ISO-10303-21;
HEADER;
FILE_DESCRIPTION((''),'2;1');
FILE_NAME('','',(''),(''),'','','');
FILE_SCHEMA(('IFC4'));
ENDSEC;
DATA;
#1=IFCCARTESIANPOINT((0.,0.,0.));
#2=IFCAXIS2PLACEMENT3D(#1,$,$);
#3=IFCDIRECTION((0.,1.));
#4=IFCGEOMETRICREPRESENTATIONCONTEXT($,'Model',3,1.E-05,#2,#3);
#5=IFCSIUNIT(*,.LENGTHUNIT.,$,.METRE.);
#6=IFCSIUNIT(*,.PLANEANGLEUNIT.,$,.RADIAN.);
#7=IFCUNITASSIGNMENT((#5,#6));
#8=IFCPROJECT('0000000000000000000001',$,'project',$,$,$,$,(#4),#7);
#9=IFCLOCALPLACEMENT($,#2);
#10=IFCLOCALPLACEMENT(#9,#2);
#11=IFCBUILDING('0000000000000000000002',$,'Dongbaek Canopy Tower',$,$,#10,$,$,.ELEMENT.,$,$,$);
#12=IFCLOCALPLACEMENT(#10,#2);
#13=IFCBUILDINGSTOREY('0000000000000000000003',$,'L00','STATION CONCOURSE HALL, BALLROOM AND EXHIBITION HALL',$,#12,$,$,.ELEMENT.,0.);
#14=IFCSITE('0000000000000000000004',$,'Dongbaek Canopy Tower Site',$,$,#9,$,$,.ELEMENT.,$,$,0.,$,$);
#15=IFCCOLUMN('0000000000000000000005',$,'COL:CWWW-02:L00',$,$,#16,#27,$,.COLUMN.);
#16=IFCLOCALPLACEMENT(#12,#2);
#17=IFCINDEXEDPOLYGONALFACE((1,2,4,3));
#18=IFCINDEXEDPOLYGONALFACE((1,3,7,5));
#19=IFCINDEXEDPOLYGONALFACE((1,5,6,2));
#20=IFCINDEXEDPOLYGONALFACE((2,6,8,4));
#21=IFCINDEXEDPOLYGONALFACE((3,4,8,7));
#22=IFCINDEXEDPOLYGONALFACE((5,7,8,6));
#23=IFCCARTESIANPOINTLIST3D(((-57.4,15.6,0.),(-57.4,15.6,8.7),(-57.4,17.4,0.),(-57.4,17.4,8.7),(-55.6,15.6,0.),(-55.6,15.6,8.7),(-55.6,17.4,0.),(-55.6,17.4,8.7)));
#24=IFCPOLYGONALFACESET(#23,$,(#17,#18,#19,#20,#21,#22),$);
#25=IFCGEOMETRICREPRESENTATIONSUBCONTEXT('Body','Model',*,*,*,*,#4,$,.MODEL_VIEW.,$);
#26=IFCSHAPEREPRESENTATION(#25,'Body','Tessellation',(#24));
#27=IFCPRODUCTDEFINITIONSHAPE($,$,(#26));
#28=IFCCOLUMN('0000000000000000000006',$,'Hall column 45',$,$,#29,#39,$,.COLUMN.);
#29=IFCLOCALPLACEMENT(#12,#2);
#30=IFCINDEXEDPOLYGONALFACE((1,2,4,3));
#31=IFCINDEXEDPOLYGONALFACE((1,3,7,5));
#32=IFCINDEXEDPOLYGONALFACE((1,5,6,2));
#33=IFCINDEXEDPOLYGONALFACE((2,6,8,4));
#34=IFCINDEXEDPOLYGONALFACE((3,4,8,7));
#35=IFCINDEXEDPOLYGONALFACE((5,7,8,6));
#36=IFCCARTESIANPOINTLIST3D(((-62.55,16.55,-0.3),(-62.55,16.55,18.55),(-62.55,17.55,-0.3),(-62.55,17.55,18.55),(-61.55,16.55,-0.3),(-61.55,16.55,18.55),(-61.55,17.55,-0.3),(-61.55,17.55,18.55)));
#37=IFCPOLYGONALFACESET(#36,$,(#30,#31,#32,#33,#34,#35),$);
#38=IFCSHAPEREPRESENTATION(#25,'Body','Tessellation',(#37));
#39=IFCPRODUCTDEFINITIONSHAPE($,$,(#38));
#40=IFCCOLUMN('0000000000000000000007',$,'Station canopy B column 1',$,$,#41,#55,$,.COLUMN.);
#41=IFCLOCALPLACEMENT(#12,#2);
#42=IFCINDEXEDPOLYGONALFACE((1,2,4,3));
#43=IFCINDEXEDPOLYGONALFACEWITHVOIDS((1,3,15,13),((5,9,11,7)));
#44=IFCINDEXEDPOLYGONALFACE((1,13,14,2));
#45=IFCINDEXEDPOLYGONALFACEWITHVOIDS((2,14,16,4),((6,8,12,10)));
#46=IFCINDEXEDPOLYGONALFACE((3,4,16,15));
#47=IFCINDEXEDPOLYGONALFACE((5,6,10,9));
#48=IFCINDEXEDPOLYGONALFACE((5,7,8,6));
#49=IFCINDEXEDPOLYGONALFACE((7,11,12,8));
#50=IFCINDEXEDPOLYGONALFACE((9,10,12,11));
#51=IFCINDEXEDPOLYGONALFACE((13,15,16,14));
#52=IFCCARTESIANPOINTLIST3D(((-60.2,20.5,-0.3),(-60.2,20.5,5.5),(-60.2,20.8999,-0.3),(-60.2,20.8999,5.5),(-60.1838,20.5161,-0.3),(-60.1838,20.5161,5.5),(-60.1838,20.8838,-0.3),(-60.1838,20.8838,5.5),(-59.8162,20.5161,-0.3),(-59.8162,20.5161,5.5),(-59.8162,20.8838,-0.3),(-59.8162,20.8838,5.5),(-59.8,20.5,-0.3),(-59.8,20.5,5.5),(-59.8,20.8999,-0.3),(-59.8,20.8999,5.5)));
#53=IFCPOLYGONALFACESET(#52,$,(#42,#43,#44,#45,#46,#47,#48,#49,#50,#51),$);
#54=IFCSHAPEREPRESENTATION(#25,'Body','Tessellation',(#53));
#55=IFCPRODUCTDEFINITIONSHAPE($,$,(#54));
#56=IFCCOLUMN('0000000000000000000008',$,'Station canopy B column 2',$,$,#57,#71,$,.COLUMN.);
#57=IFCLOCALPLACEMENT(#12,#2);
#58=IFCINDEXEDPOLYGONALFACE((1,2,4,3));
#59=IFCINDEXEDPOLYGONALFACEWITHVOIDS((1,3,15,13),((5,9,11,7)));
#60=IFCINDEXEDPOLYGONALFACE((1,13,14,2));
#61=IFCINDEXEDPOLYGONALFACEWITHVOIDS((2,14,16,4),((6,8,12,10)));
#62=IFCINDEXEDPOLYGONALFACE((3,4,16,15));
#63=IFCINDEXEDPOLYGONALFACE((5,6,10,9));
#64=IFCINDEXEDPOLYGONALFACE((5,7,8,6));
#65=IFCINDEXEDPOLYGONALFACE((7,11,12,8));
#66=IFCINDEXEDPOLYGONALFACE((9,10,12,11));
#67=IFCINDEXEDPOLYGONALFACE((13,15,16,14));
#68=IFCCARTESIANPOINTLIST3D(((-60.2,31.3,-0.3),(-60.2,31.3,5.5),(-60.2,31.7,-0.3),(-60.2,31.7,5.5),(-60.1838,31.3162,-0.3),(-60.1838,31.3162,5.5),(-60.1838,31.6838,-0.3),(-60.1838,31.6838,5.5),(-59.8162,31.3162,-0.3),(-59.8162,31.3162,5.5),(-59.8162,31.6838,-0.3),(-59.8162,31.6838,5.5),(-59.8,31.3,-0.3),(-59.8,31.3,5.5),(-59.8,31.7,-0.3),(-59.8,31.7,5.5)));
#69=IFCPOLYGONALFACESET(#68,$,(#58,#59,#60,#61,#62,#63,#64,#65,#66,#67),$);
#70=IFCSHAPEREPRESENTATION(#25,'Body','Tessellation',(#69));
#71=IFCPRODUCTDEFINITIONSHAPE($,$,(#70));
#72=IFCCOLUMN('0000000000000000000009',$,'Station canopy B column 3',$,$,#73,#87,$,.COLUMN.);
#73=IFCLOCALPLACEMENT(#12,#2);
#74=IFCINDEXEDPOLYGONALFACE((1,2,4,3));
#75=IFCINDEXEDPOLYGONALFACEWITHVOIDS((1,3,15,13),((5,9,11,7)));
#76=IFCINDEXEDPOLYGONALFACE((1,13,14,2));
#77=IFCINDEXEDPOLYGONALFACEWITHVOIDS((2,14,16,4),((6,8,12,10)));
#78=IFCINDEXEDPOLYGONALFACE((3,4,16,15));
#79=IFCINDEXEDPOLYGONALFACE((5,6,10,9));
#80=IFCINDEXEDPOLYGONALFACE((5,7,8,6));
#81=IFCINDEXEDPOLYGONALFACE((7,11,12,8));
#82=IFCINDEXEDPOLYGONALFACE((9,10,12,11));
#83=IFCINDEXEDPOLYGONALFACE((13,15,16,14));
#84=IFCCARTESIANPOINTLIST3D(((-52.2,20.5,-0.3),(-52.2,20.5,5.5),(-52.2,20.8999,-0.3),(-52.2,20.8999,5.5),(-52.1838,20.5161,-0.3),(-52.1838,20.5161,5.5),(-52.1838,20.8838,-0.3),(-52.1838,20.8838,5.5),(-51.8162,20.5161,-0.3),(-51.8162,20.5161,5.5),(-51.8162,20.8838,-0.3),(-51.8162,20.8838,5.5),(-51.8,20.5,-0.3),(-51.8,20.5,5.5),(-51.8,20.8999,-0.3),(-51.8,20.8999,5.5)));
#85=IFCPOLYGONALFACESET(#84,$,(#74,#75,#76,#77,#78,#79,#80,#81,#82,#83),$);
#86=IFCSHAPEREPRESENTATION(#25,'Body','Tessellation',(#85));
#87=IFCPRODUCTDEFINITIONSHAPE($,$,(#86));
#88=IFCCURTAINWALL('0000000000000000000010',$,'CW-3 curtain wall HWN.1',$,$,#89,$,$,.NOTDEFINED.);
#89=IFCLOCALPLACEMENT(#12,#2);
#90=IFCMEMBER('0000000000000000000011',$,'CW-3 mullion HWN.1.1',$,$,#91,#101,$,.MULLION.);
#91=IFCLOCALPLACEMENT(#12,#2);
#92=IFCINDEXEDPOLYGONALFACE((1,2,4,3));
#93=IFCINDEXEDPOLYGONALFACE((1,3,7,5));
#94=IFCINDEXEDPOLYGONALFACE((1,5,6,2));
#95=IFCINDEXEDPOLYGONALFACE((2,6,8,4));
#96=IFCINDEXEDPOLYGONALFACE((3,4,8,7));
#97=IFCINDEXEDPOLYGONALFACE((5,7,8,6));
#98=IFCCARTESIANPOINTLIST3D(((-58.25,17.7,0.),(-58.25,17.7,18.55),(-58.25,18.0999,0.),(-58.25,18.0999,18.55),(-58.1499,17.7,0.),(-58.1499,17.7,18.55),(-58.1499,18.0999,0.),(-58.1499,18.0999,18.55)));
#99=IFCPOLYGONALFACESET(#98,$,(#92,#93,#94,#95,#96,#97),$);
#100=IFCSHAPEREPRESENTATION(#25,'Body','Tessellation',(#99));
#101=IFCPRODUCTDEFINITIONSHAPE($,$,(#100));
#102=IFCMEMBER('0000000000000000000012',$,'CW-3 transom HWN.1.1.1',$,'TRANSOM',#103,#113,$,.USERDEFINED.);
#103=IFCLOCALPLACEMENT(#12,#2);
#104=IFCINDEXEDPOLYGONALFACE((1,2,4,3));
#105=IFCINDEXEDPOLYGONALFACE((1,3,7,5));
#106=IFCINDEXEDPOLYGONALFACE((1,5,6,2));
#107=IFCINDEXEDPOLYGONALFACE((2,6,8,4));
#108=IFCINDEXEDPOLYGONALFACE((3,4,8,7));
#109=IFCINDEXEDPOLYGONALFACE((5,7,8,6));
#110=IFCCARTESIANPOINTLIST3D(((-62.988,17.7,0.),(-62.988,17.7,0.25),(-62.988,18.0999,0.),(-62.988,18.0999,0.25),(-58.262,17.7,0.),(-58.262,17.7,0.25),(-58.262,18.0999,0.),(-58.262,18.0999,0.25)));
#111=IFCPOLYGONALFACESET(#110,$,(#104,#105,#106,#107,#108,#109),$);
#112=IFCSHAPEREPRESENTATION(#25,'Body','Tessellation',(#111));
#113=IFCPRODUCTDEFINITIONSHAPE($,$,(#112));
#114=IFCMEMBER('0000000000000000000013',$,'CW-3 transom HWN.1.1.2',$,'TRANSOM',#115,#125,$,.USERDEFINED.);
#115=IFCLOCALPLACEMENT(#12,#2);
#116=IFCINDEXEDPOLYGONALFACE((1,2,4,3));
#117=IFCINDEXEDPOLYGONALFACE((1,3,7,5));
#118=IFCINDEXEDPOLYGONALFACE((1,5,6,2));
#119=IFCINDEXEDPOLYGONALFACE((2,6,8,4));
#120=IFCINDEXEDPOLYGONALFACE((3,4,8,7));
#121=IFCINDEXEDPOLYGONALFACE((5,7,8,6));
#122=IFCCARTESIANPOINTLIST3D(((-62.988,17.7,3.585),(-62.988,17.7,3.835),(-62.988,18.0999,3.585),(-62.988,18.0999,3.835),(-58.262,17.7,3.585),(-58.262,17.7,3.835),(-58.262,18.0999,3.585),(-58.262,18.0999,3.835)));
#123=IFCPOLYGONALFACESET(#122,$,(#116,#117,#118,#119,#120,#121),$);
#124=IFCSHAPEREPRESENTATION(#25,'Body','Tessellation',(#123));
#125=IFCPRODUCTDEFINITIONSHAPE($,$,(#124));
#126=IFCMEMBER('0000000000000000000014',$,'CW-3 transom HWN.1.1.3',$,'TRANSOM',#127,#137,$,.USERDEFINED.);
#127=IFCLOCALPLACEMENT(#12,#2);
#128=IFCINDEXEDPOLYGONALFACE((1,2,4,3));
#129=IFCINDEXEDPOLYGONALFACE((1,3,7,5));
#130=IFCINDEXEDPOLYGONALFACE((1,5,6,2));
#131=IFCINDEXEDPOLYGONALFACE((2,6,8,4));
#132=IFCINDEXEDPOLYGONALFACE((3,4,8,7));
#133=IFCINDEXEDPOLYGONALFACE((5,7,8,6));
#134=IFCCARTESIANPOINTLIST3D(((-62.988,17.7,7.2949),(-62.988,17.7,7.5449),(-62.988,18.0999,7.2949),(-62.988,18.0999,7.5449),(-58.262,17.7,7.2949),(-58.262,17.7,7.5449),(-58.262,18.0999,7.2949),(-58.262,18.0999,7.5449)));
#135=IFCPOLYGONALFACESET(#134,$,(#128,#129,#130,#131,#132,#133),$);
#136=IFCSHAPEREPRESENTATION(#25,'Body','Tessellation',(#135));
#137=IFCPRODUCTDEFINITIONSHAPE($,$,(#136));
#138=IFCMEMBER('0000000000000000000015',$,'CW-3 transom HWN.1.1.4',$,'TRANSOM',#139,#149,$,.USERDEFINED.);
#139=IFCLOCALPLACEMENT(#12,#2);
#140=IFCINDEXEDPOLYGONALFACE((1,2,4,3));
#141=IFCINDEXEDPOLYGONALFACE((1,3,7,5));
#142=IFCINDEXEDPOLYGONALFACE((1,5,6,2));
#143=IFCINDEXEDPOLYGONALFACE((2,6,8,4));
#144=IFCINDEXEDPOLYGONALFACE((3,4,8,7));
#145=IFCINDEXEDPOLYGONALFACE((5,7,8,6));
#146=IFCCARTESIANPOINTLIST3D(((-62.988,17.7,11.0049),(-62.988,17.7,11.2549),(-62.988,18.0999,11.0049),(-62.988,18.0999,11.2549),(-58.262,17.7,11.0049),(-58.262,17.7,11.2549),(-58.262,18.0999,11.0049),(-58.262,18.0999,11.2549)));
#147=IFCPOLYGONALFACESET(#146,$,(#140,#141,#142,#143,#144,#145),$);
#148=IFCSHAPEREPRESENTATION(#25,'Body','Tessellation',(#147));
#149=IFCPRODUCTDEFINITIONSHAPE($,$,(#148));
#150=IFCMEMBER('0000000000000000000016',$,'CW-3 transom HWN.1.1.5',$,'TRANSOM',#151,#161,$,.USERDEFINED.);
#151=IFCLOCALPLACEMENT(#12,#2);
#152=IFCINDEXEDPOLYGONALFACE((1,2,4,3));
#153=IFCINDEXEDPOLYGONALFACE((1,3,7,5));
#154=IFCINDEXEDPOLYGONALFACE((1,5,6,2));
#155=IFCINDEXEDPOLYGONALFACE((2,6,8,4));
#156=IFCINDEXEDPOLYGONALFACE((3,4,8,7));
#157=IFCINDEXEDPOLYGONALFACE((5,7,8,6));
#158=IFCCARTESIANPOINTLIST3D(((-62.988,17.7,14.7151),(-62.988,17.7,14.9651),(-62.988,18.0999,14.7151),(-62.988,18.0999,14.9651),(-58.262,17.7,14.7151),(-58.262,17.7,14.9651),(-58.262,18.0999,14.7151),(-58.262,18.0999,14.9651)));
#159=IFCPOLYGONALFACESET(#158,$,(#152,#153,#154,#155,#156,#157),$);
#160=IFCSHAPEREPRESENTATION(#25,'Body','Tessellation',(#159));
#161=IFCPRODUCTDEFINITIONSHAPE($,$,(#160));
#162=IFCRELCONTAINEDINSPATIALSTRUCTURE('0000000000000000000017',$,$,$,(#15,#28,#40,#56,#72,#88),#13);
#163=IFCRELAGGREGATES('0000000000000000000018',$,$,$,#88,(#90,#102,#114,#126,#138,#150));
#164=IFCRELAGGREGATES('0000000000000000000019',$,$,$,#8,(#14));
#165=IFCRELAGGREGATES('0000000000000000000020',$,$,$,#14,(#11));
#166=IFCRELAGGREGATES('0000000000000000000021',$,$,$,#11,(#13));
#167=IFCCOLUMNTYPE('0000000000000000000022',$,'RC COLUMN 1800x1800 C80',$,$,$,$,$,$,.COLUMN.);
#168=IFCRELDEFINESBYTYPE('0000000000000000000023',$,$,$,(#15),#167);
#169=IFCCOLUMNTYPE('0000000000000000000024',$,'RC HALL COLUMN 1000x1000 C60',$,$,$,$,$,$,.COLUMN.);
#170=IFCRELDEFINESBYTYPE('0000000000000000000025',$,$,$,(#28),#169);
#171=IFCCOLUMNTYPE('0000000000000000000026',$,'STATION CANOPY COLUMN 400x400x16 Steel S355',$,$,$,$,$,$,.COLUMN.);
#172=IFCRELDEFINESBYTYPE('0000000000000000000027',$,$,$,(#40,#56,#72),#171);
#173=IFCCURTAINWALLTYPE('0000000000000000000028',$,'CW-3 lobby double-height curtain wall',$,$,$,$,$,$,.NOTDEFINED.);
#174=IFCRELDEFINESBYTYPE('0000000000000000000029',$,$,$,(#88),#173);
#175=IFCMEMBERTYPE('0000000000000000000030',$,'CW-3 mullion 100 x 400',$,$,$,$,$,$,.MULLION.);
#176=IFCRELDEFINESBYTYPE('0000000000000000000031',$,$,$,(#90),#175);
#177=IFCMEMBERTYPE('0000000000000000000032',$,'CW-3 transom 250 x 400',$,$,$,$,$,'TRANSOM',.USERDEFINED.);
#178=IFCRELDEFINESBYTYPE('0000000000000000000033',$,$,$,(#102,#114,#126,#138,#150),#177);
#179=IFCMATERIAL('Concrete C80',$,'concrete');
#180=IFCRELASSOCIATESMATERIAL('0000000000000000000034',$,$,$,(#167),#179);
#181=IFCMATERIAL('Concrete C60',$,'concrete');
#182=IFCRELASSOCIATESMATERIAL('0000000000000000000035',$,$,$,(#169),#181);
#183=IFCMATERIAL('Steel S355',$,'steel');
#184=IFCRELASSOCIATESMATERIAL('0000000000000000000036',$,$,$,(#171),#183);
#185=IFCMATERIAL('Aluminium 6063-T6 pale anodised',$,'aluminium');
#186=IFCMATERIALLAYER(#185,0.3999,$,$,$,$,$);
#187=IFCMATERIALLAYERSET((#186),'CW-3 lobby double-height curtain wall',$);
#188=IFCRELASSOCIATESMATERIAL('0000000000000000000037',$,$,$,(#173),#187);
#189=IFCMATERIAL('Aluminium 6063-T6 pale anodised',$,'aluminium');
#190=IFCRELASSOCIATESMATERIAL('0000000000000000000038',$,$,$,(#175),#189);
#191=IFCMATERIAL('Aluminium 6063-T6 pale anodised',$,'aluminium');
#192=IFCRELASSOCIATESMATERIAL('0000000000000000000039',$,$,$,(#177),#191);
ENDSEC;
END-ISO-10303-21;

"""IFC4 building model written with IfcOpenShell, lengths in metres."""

from ifc_helpers import new_model, si_unit, direction, frame, origin, origin_2d, place, context, subcontext, project, spatial, rectangle, hollow_rectangle, extrude, material, layer, layer_set, material_profile, profile_set, type_object, element, aggregate, save


model = new_model("IFC4")

# Units and contexts
model_context = context("Model", 3, precision=1e-05, world=origin(), true_north=direction((0.0, 1.0)))
body_context = subcontext(model_context, "Body", "Model", "MODEL_VIEW")
ifc_project = project(units=[si_unit("LENGTHUNIT", "METRE"), si_unit("PLANEANGLEUNIT", "RADIAN")], contexts=[model_context])

# Site, building, storey
site_placement = place(None, origin())
site = spatial("IfcSite", under=ifc_project, at=site_placement, Name="Dongbaek Canopy Tower Site", CompositionType="ELEMENT", RefElevation=0.0)
building_placement = place(site_placement, origin())
building = spatial("IfcBuilding", under=site, at=building_placement, Name="Dongbaek Canopy Tower", CompositionType="ELEMENT")
storey_placement = place(building_placement, origin())
storey = spatial("IfcBuildingStorey", under=building, at=storey_placement, Name="L00", Description="STATION CONCOURSE HALL, BALLROOM AND EXHIBITION HALL", CompositionType="ELEMENT", Elevation=0.0)

# Columns
ifc_material_1 = material(Name="Concrete C80", Category="concrete")
ifc_material_profile_1 = material_profile(ifc_material_1, rectangle(XDim=1.8, YDim=1.8, at=origin_2d()), Name="RC COLUMN 1800x1800 C80")
ifc_profile_set_1 = profile_set([ifc_material_profile_1], Name="Concrete C80")
column_type_1 = type_object("IfcColumnType", Name="RC COLUMN 1800x1800 C80", PredefinedType="COLUMN", material=ifc_profile_set_1)
column_1_placement = place(storey_placement, frame((-56.5, 16.5, 0.0), z_axis=(0.0, 0.0, 1.0), x_axis=(1.0, 0.0, 0.0)))
element("IfcColumn", 1, at=column_1_placement, inside=storey, type_object=column_type_1, Name="COL:CWWW-02:L00", PredefinedType="COLUMN", context=body_context, shape_type="SweptSolid", body=[
    extrude(rectangle(XDim=1.8, YDim=1.8, at=origin_2d()), origin(), (0.0, 0.0, 1.0), 8.7),
])
ifc_material_2 = material(Name="Concrete C60", Category="concrete")
ifc_material_profile_2 = material_profile(ifc_material_2, rectangle(XDim=1.0, YDim=1.0, at=origin_2d()), Name="RC HALL COLUMN 1000x1000 C60")
ifc_profile_set_2 = profile_set([ifc_material_profile_2], Name="Concrete C60")
column_type_2 = type_object("IfcColumnType", Name="RC HALL COLUMN 1000x1000 C60", PredefinedType="COLUMN", material=ifc_profile_set_2)
column_2_placement = place(storey_placement, frame((-62.05, 17.05, -0.3), z_axis=(0.0, 0.0, 1.0), x_axis=(1.0, 0.0, 0.0)))
element("IfcColumn", 2, at=column_2_placement, inside=storey, type_object=column_type_2, Name="Hall column 45", PredefinedType="COLUMN", context=body_context, shape_type="SweptSolid", body=[
    extrude(rectangle(XDim=1.0, YDim=1.0, at=origin_2d()), origin(), (0.0, 0.0, 1.0), 18.8501),
])
ifc_material_3 = material(Name="Steel S355", Category="steel")
ifc_material_profile_3 = material_profile(ifc_material_3, hollow_rectangle(XDim=0.3999, YDim=0.3999, WallThickness=0.0161, at=origin_2d()), Name="STATION CANOPY COLUMN 400x400x16 Steel S355")
ifc_profile_set_3 = profile_set([ifc_material_profile_3], Name="Steel S355")
column_type_3 = type_object("IfcColumnType", Name="STATION CANOPY COLUMN 400x400x16 Steel S355", PredefinedType="COLUMN", material=ifc_profile_set_3)
for number, where, z_axis, x_axis, name in (
    (3, (-60.0, 20.7, -0.3), (0.0, 0.0, 1.0), (1.0, 0.0, 0.0), "Station canopy B column 1"),
    (4, (-60.0, 31.5, -0.3), (0.0, 0.0, 1.0), (1.0, 0.0, 0.0), "Station canopy B column 2"),
    (5, (-52.0, 20.7, -0.3), (0.0, 0.0, 1.0), (1.0, 0.0, 0.0), "Station canopy B column 3"),
):
    element("IfcColumn", number, at=place(storey_placement, frame(where, z_axis=z_axis, x_axis=x_axis)), inside=storey, type_object=column_type_3, Name=name, PredefinedType="COLUMN", context=body_context, shape_type="SweptSolid", body=[
        extrude(hollow_rectangle(XDim=0.3999, YDim=0.3999, WallThickness=0.0161, at=origin_2d()), origin(), (0.0, 0.0, 1.0), 5.8),
    ])

# Curtain wall, members
ifc_material_4 = material(Name="Aluminium 6063-T6 pale anodised", Category="aluminium")
ifc_layer_1 = layer(ifc_material_4, 0.3999)
ifc_layer_set_1 = layer_set([ifc_layer_1], Name="CW-3 lobby double-height curtain wall")
curtain_wall_type = type_object("IfcCurtainWallType", Name="CW-3 lobby double-height curtain wall", PredefinedType="NOTDEFINED", material=ifc_layer_set_1)
curtain_wall_placement = place(storey_placement, origin())
curtain_wall = element("IfcCurtainWall", 6, at=curtain_wall_placement, inside=storey, type_object=curtain_wall_type, Name="CW-3 curtain wall HWN.1", PredefinedType="NOTDEFINED")
ifc_material_5 = material(Name="Aluminium 6063-T6 pale anodised", Category="aluminium")
ifc_material_profile_4 = material_profile(ifc_material_5, rectangle(XDim=0.3999, YDim=0.1001, at=origin_2d()), Name="CW-3 mullion 100 x 400")
ifc_profile_set_4 = profile_set([ifc_material_profile_4], Name="Aluminium 6063-T6 pale anodised")
member_type_1 = type_object("IfcMemberType", Name="CW-3 mullion 100 x 400", PredefinedType="MULLION", material=ifc_profile_set_4)
member_1_placement = place(storey_placement, frame((-58.2, 17.8999, 0.0), z_axis=(0.0, 0.0, 1.0), x_axis=(0.0, 1.0, 0.0)))
member_1 = element("IfcMember", 7, at=member_1_placement, type_object=member_type_1, Name="CW-3 mullion HWN.1.1", PredefinedType="MULLION", context=body_context, shape_type="SweptSolid", body=[
    extrude(rectangle(XDim=0.3999, YDim=0.1001, at=origin_2d()), origin(), (0.0, 0.0, 1.0), 18.55),
])
ifc_material_6 = material(Name="Aluminium 6063-T6 pale anodised", Category="aluminium")
ifc_material_profile_5 = material_profile(ifc_material_6, rectangle(XDim=0.3999, YDim=0.25, at=origin_2d()), Name="CW-3 transom 250 x 400")
ifc_profile_set_5 = profile_set([ifc_material_profile_5], Name="Aluminium 6063-T6 pale anodised")
member_type_2 = type_object("IfcMemberType", Name="CW-3 transom 250 x 400", ElementType="TRANSOM", PredefinedType="USERDEFINED", material=ifc_profile_set_5)
member_2_placement = place(storey_placement, frame((-58.262, 17.8999, 0.125), z_axis=(-1.0, 0.0, 0.0), x_axis=(0.0, -1.0, 0.0)))
member_2 = element("IfcMember", 8, at=member_2_placement, type_object=member_type_2, Name="CW-3 transom HWN.1.1.1", ObjectType="TRANSOM", PredefinedType="USERDEFINED", context=body_context, shape_type="SweptSolid", body=[
    extrude(rectangle(XDim=0.3999, YDim=0.25, at=origin_2d()), origin(), (0.0, 0.0, 1.0), 4.7261),
])
member_3_placement = place(storey_placement, frame((-58.262, 17.8999, 3.71), z_axis=(-1.0, 0.0, 0.0), x_axis=(0.0, -1.0, 0.0)))
member_3 = element("IfcMember", 9, at=member_3_placement, type_object=member_type_2, Name="CW-3 transom HWN.1.1.2", ObjectType="TRANSOM", PredefinedType="USERDEFINED", context=body_context, shape_type="SweptSolid", body=[
    extrude(rectangle(XDim=0.3999, YDim=0.25, at=origin_2d()), origin(), (0.0, 0.0, 1.0), 4.7261),
])
member_4_placement = place(storey_placement, frame((-58.262, 17.8999, 7.4199), z_axis=(-1.0, 0.0, 0.0), x_axis=(0.0, -1.0, 0.0)))
member_4 = element("IfcMember", 10, at=member_4_placement, type_object=member_type_2, Name="CW-3 transom HWN.1.1.3", ObjectType="TRANSOM", PredefinedType="USERDEFINED", context=body_context, shape_type="SweptSolid", body=[
    extrude(rectangle(XDim=0.3999, YDim=0.25, at=origin_2d()), origin(), (0.0, 0.0, 1.0), 4.7261),
])
member_5_placement = place(storey_placement, frame((-58.262, 17.8999, 11.1299), z_axis=(-1.0, 0.0, 0.0), x_axis=(0.0, -1.0, 0.0)))
member_5 = element("IfcMember", 11, at=member_5_placement, type_object=member_type_2, Name="CW-3 transom HWN.1.1.4", ObjectType="TRANSOM", PredefinedType="USERDEFINED", context=body_context, shape_type="SweptSolid", body=[
    extrude(rectangle(XDim=0.3999, YDim=0.25, at=origin_2d()), origin(), (0.0, 0.0, 1.0), 4.7261),
])
member_6_placement = place(storey_placement, frame((-58.262, 17.8999, 14.8401), z_axis=(-1.0, 0.0, 0.0), x_axis=(0.0, -1.0, 0.0)))
member_6 = element("IfcMember", 12, at=member_6_placement, type_object=member_type_2, Name="CW-3 transom HWN.1.1.5", ObjectType="TRANSOM", PredefinedType="USERDEFINED", context=body_context, shape_type="SweptSolid", body=[
    extrude(rectangle(XDim=0.3999, YDim=0.25, at=origin_2d()), origin(), (0.0, 0.0, 1.0), 4.7261),
])

aggregate(curtain_wall, [member_1, member_2, member_3, member_4, member_5, member_6])

save(model, "model.ifc")
